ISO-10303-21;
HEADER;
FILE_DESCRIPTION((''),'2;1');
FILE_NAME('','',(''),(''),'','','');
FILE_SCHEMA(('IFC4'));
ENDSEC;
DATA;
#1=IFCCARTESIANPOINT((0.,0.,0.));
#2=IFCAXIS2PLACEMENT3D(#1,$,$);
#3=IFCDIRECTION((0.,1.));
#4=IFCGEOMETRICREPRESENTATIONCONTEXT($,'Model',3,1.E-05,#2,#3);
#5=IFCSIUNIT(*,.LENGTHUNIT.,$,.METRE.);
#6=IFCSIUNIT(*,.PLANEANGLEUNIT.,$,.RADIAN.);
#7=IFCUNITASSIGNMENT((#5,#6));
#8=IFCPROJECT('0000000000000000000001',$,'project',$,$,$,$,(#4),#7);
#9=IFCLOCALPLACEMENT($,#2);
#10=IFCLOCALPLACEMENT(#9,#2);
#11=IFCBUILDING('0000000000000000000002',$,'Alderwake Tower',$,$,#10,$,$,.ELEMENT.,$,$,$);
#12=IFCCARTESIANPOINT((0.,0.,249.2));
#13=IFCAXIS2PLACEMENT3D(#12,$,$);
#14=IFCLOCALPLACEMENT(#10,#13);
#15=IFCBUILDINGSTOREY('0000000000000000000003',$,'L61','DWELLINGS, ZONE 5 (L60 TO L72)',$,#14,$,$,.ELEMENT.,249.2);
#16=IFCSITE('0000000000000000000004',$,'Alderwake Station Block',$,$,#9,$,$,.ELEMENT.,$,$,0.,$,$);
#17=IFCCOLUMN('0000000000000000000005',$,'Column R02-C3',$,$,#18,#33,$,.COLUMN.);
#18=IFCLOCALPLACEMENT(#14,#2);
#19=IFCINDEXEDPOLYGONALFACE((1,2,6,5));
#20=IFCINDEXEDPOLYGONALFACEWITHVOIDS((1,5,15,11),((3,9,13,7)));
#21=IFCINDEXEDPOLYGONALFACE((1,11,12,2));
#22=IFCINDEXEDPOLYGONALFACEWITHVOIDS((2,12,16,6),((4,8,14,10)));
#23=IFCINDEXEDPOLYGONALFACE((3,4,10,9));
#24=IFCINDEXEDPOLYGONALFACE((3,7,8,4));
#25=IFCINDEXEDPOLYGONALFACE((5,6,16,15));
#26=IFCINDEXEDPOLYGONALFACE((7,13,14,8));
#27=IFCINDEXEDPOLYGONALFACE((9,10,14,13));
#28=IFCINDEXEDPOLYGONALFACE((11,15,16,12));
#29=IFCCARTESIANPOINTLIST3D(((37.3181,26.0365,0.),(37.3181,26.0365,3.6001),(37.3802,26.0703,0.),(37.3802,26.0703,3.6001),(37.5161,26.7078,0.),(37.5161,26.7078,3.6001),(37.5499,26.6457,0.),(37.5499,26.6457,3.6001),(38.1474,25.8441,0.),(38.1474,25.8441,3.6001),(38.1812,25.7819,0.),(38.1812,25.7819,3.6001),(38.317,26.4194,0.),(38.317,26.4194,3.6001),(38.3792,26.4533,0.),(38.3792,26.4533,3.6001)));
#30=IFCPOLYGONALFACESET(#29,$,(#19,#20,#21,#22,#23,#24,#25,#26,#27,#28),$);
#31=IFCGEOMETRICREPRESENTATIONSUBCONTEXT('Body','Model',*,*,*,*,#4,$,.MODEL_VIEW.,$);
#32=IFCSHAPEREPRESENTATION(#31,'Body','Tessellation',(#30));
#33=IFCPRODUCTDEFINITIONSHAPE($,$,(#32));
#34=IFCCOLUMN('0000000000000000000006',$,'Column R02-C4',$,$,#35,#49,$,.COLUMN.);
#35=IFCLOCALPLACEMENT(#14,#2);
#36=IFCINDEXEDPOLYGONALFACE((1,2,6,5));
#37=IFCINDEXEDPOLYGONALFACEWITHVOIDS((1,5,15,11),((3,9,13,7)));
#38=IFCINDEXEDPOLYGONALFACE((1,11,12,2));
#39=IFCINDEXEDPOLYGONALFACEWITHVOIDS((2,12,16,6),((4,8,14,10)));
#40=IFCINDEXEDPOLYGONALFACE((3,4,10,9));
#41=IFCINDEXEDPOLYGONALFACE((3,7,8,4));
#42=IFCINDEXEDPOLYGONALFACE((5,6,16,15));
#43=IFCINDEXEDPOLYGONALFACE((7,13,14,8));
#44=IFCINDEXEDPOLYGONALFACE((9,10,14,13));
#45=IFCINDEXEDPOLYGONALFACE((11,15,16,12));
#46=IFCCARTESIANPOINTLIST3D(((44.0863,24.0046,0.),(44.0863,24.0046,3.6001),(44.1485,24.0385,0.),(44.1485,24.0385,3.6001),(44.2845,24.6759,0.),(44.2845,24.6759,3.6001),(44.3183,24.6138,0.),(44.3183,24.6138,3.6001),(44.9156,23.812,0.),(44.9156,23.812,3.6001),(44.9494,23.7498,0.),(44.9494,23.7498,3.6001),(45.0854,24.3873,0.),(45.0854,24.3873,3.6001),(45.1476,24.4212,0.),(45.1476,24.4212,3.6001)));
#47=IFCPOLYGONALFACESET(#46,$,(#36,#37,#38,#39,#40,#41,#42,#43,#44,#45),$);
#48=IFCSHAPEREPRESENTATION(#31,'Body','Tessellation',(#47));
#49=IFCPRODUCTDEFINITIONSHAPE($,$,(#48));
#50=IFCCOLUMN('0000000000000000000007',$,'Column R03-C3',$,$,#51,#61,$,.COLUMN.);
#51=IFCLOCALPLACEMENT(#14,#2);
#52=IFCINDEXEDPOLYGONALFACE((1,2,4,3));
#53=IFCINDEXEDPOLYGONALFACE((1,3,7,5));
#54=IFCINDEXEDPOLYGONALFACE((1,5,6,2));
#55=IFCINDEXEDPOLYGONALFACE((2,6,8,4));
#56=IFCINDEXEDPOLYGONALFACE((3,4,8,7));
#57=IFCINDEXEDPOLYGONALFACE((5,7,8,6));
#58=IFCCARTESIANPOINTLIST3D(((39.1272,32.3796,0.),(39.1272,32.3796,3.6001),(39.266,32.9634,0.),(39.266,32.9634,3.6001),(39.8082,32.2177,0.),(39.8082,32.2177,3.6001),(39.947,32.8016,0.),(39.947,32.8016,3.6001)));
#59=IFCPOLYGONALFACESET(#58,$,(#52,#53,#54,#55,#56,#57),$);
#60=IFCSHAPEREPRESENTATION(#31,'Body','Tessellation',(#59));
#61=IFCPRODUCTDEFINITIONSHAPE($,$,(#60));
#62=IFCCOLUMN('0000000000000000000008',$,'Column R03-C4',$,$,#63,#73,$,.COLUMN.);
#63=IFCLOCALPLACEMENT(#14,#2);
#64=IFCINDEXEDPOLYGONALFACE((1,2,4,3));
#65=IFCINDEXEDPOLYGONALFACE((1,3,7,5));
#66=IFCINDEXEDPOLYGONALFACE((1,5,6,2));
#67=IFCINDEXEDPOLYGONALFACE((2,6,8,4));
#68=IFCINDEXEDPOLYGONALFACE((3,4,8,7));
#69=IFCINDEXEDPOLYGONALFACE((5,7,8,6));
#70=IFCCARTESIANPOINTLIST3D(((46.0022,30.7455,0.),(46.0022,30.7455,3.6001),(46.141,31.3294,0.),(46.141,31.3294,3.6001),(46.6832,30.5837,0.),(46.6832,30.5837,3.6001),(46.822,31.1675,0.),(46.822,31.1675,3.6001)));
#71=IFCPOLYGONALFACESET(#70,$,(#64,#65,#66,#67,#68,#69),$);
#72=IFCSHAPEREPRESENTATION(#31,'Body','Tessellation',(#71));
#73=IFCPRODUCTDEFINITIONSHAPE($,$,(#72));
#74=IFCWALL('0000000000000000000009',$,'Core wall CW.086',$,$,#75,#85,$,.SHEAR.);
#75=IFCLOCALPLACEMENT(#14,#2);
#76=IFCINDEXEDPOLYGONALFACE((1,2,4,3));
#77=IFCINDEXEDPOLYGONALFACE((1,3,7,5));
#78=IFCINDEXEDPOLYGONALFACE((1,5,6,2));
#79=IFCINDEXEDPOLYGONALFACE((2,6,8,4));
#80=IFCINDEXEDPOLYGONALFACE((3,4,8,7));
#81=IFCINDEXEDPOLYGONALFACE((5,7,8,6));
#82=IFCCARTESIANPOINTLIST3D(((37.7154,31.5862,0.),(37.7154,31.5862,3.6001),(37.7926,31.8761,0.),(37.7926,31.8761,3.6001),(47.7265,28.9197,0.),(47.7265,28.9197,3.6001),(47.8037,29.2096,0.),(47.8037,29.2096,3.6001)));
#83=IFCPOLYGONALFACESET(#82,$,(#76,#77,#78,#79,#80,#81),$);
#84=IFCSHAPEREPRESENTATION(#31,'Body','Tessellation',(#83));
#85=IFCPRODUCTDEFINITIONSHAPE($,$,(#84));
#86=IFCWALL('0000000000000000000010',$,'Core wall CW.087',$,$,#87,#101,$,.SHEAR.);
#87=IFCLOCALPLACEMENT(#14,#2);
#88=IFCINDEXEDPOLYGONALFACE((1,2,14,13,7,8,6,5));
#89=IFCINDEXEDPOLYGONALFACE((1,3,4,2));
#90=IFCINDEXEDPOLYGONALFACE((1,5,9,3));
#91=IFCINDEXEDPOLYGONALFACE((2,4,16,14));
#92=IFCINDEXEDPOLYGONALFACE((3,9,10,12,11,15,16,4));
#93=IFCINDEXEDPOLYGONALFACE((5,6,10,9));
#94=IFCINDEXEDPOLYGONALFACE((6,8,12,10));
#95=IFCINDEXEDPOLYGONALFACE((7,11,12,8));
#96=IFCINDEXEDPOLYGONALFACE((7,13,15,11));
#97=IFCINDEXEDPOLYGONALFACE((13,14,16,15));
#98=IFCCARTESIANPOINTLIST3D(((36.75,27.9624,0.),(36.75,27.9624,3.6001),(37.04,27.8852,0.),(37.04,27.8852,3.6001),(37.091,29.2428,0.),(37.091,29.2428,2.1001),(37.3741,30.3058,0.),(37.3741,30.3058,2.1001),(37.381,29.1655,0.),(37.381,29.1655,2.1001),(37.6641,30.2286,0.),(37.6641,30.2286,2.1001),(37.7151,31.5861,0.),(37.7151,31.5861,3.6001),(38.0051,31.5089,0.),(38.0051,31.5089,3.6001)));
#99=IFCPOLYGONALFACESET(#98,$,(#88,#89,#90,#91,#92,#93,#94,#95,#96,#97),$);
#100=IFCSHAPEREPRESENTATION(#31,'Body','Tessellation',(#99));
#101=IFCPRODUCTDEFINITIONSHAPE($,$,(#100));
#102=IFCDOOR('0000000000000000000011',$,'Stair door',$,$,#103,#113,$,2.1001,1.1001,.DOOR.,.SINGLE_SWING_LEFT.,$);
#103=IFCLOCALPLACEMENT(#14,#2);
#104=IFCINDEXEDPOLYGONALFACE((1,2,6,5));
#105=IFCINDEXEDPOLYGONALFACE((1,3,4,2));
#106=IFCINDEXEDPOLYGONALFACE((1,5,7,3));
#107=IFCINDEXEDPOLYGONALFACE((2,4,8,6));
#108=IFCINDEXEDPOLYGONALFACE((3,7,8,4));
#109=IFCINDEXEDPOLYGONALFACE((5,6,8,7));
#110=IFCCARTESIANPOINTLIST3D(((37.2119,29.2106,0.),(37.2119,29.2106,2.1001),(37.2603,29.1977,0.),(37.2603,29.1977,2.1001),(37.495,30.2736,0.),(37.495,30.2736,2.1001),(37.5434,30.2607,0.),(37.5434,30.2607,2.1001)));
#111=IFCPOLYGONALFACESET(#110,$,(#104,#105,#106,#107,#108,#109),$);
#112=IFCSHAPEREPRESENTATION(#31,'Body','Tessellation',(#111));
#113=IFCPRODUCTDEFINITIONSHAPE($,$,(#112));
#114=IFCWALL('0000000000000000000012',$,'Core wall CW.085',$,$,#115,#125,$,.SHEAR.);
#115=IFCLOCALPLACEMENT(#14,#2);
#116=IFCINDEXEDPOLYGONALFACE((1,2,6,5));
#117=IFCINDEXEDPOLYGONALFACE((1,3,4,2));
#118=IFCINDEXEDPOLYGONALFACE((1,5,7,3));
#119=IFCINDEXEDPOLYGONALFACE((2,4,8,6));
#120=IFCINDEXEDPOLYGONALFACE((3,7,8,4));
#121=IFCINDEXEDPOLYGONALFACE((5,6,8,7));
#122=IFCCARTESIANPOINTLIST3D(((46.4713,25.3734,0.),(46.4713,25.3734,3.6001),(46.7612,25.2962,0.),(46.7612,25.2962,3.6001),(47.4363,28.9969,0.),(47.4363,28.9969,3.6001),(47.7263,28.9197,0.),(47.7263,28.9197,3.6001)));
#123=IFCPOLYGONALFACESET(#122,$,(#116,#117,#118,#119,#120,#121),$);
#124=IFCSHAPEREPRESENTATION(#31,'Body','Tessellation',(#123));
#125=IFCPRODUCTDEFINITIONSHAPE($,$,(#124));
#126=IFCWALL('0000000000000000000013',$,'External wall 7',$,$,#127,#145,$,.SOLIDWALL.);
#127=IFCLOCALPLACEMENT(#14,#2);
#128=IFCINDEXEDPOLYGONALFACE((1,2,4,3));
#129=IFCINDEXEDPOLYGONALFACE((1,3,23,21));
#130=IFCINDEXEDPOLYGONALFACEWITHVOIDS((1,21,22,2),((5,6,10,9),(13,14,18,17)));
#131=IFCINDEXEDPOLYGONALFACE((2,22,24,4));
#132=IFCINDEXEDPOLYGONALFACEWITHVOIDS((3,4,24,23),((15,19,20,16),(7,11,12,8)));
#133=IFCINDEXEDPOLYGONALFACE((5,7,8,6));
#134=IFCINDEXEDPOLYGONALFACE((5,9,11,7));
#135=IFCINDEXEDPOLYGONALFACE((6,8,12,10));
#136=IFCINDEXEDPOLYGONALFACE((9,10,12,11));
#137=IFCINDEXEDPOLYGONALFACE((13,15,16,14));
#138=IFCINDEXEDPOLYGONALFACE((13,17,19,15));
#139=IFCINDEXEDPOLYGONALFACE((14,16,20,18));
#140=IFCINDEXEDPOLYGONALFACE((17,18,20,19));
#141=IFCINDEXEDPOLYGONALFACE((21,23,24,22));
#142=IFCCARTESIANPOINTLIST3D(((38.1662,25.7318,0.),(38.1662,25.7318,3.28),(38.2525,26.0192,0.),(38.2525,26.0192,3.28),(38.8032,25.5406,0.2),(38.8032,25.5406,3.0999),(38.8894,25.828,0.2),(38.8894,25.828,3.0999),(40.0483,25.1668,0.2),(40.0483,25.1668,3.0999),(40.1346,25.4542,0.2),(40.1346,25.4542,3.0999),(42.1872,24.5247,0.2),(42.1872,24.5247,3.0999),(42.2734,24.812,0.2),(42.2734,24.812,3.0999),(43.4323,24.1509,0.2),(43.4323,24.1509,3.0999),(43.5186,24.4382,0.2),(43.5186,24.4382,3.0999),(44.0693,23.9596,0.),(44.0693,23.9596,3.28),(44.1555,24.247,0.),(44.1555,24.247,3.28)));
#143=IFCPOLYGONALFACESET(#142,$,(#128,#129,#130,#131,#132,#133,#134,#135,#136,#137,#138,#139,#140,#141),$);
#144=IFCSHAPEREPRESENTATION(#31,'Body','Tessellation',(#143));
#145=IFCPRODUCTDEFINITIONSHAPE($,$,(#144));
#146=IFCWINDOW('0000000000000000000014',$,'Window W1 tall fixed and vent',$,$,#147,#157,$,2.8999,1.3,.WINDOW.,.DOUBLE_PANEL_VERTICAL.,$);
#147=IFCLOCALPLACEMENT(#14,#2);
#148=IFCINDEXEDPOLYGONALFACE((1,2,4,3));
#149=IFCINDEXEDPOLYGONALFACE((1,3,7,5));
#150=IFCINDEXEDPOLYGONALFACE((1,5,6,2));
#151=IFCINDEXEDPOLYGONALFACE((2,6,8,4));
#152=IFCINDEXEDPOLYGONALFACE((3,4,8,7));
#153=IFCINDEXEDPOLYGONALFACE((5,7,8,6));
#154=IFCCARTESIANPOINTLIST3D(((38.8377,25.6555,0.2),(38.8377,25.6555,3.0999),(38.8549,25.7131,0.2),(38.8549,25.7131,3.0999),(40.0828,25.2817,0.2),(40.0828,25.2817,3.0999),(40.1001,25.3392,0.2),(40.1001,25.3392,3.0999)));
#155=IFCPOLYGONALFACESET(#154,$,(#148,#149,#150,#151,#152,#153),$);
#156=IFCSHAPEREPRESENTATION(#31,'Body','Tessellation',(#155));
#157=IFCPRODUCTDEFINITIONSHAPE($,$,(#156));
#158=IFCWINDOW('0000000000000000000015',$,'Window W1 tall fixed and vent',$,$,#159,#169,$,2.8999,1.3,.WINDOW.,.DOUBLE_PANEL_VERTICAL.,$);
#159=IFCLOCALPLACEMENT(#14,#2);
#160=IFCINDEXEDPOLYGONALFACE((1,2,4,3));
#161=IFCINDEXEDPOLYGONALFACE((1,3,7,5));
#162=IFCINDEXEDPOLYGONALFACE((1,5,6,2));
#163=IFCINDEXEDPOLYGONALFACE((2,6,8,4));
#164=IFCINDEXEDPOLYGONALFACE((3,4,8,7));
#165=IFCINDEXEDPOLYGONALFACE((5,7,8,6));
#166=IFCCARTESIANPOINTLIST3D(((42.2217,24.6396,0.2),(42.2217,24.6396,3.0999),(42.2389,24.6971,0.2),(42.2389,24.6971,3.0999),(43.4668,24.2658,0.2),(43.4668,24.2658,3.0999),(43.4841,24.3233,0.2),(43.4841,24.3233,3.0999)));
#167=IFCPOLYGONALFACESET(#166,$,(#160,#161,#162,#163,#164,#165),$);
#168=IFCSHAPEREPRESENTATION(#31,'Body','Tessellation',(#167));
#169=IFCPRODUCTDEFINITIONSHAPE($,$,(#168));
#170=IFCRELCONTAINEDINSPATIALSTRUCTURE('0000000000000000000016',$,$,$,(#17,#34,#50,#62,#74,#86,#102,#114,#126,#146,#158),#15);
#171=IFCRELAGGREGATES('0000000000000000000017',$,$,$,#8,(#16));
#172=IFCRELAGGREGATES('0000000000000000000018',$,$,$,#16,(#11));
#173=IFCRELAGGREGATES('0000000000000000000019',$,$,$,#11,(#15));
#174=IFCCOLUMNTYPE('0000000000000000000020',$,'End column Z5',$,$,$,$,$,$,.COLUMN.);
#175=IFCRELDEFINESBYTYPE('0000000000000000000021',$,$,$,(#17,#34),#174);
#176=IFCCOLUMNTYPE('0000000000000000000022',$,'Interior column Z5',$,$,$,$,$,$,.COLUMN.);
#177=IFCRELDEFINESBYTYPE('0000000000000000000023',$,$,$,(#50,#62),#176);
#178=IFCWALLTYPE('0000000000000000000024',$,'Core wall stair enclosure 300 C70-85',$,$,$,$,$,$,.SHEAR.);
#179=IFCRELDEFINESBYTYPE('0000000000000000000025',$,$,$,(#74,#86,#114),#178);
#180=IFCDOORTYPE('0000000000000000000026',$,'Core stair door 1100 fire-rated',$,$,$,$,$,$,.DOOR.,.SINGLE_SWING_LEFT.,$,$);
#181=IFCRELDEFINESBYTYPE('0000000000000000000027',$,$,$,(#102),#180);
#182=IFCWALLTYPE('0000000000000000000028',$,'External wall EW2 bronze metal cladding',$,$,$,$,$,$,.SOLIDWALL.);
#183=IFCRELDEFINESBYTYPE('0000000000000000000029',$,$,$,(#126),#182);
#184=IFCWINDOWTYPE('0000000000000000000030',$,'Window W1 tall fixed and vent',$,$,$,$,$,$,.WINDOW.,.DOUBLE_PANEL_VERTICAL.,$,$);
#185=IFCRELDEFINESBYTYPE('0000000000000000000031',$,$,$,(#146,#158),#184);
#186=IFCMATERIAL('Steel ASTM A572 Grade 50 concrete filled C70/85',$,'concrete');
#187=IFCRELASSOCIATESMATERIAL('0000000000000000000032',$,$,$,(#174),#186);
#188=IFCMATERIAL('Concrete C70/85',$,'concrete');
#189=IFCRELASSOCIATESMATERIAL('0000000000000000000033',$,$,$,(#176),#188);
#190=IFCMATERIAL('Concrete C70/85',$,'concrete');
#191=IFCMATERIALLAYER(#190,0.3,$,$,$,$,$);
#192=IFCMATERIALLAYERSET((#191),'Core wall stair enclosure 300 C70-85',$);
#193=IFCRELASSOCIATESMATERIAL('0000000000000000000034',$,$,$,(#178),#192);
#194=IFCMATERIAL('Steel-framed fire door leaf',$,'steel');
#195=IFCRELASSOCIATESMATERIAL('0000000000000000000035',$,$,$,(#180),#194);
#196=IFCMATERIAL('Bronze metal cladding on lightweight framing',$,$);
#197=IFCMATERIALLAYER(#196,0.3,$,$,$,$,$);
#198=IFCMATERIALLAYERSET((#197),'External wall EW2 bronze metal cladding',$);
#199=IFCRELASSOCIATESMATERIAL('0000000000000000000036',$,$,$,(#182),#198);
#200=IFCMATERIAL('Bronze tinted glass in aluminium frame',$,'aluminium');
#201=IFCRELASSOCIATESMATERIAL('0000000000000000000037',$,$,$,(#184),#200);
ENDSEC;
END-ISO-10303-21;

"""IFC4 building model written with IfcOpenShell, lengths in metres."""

from ifc_helpers import new_model, si_unit, direction, frame, frame_2d, origin, origin_2d, place, context, subcontext, project, spatial, rectangle, hollow_rectangle, extrude, material, layer, layer_set, material_profile, profile_set, type_object, element, fill, save


model = new_model("IFC4")

# Units and contexts
model_context = context("Model", 3, precision=1e-05, world=origin(), true_north=direction((0.0, 1.0)))
body_context = subcontext(model_context, "Body", "Model", "MODEL_VIEW")
ifc_project = project(units=[si_unit("LENGTHUNIT", "METRE"), si_unit("PLANEANGLEUNIT", "RADIAN")], contexts=[model_context])

# Site, building, storey
site_placement = place(None, origin())
site = spatial("IfcSite", under=ifc_project, at=site_placement, Name="Alderwake Station Block", CompositionType="ELEMENT", RefElevation=0.0)
building_placement = place(site_placement, origin())
building = spatial("IfcBuilding", under=site, at=building_placement, Name="Alderwake Tower", CompositionType="ELEMENT")
storey_placement = place(building_placement, frame((0.0, 0.0, 249.2)))
storey = spatial("IfcBuildingStorey", under=building, at=storey_placement, Name="L61", Description="DWELLINGS, ZONE 5 (L60 TO L72)", CompositionType="ELEMENT", Elevation=249.2)

# Columns
ifc_material_1 = material(Name="Steel ASTM A572 Grade 50 concrete filled C70/85", Category="concrete")
ifc_material_profile_1 = material_profile(ifc_material_1, hollow_rectangle(XDim=0.7, YDim=0.8999, WallThickness=0.05, at=origin_2d()), Name="BOX 900X700X50")
ifc_profile_set_1 = profile_set([ifc_material_profile_1], Name="Steel ASTM A572 Grade 50 concrete filled C70/85")
column_type_1 = type_object("IfcColumnType", Name="End column Z5", PredefinedType="COLUMN", material=ifc_profile_set_1)
for number, where, z_axis, x_axis, name in (
    (1, (37.8486, 26.2449, 0.0), (0.0, 0.0, 1.0), (0.282869, 0.959159, 0.0), "Column R02-C3"),
    (2, (44.6169, 24.2129, 0.0), (0.0, 0.0, 1.0), (0.283123, 0.959084, 0.0), "Column R02-C4"),
):
    element("IfcColumn", number, at=place(storey_placement, frame(where, z_axis=z_axis, x_axis=x_axis)), inside=storey, type_object=column_type_1, Name=name, PredefinedType="COLUMN", context=body_context, shape_type="SweptSolid", body=[
        extrude(hollow_rectangle(XDim=0.7, YDim=0.8999, WallThickness=0.05, at=origin_2d()), origin(), (0.0, 0.0, 1.0), 3.6001),
    ])
ifc_material_2 = material(Name="Concrete C70/85", Category="concrete")
ifc_material_profile_2 = material_profile(ifc_material_2, rectangle(XDim=0.6001, YDim=0.7, at=origin_2d()), Name="RC 700X600")
ifc_profile_set_2 = profile_set([ifc_material_profile_2], Name="Concrete C70/85")
column_type_2 = type_object("IfcColumnType", Name="Interior column Z5", PredefinedType="COLUMN", material=ifc_profile_set_2)
for number, where, z_axis, x_axis, name in (
    (3, (39.5371, 32.5906, 0.0), (0.0, 0.0, 1.0), (0.231222, 0.972901, 0.0), "Column R03-C3"),
    (4, (46.4121, 30.9565, 0.0), (0.0, 0.0, 1.0), (0.231222, 0.972901, 0.0), "Column R03-C4"),
):
    element("IfcColumn", number, at=place(storey_placement, frame(where, z_axis=z_axis, x_axis=x_axis)), inside=storey, type_object=column_type_2, Name=name, PredefinedType="COLUMN", context=body_context, shape_type="SweptSolid", body=[
        extrude(rectangle(XDim=0.6001, YDim=0.7, at=origin_2d()), origin(), (0.0, 0.0, 1.0), 3.6001),
    ])

# Wall
ifc_material_3 = material(Name="Concrete C70/85", Category="concrete")
ifc_layer_1 = layer(ifc_material_3, 0.3)
ifc_layer_set_1 = layer_set([ifc_layer_1], Name="Core wall stair enclosure 300 C70-85")
wall_type_1 = type_object("IfcWallType", Name="Core wall stair enclosure 300 C70-85", PredefinedType="SHEAR", material=ifc_layer_set_1)
wall_1_placement = place(storey_placement, frame((37.7539, 31.7312, 0.0), z_axis=(0.0, 0.0, 1.0), x_axis=(0.966309, -0.257384, 0.0)))
element("IfcWall", 5, at=wall_1_placement, inside=storey, type_object=wall_type_1, Name="Core wall CW.086", PredefinedType="SHEAR", context=body_context, shape_type="SweptSolid", body=[
    extrude(rectangle(XDim=10.3601, YDim=0.3, at=frame_2d((5.1802, 0.0))), origin(), (0.0, 0.0, 1.0), 3.6001),
])

# Wall, opening, door
wall_2_placement = place(storey_placement, frame((36.895, 27.9238, 0.0), z_axis=(0.0, 0.0, 1.0), x_axis=(0.257351, 0.966318, 0.0)))
wall_2 = element("IfcWall", 6, at=wall_2_placement, inside=storey, type_object=wall_type_1, Name="Core wall CW.087", PredefinedType="SHEAR", context=body_context, shape_type="SweptSolid", body=[
    extrude(rectangle(XDim=3.75, YDim=0.3, at=frame_2d((1.875, 0.0))), origin(), (0.0, 0.0, 1.0), 3.6001),
])
opening_1_placement = place(wall_2_placement, frame((1.325, 0.0, 0.0)))
opening_1 = element("IfcOpeningElement", 7, at=opening_1_placement, cuts=wall_2, PredefinedType="OPENING", context=body_context, shape_type="SweptSolid", body=[
    extrude(rectangle(XDim=1.1001, YDim=2.1001, at=frame_2d((0.55, 1.05))), frame((0.0, 0.1599, 0.0), z_axis=(0.0, -1.0, 0.0), x_axis=(1.0, 0.0, 0.0)), (0.0, 0.0, 1.0), 0.3201),
])
ifc_material_4 = material(Name="Steel-framed fire door leaf", Category="steel")
door_type = type_object("IfcDoorType", Name="Core stair door 1100 fire-rated", OperationType="SINGLE_SWING_LEFT", PredefinedType="DOOR", material=ifc_material_4)
door_placement = place(opening_1_placement, origin())
door = element("IfcDoor", 8, at=door_placement, inside=storey, type_object=door_type, Name="Stair door", OperationType="SINGLE_SWING_LEFT", OverallHeight=2.1001, OverallWidth=1.1001, PredefinedType="DOOR", context=body_context, shape_type="SweptSolid", body=[
    extrude(rectangle(XDim=1.1001, YDim=2.1001, at=frame_2d((0.55, 1.05))), frame((0.0, 0.0249, 0.0), z_axis=(0.0, -1.0, 0.0), x_axis=(1.0, 0.0, 0.0)), (0.0, 0.0, 1.0), 0.05),
])
fill(opening_1, door)

# Wall
wall_3_placement = place(storey_placement, frame((46.6162, 25.3347, 0.0), z_axis=(0.0, 0.0, 1.0), x_axis=(0.257367, 0.966314, 0.0)))
element("IfcWall", 9, at=wall_3_placement, inside=storey, type_object=wall_type_1, Name="Core wall CW.085", PredefinedType="SHEAR", context=body_context, shape_type="SweptSolid", body=[
    extrude(rectangle(XDim=3.7498, YDim=0.3, at=frame_2d((1.875, 0.0))), origin(), (0.0, 0.0, 1.0), 3.6001),
])

# Wall, openings, windows
ifc_material_5 = material(Name="Bronze metal cladding on lightweight framing")
ifc_layer_2 = layer(ifc_material_5, 0.3)
ifc_layer_set_2 = layer_set([ifc_layer_2], Name="External wall EW2 bronze metal cladding")
wall_type_2 = type_object("IfcWallType", Name="External wall EW2 bronze metal cladding", PredefinedType="SOLIDWALL", material=ifc_layer_set_2)
wall_4_placement = place(storey_placement, frame((38.2095, 25.8755, 0.0), z_axis=(0.0, 0.0, 1.0), x_axis=(0.957768, -0.28754, 0.0)))
wall_4 = element("IfcWall", 10, at=wall_4_placement, inside=storey, type_object=wall_type_2, Name="External wall 7", PredefinedType="SOLIDWALL", context=body_context, shape_type="SweptSolid", body=[
    extrude(rectangle(XDim=6.1633, YDim=0.3, at=frame_2d((3.0815, 0.0))), origin(), (0.0, 0.0, 1.0), 3.28),
])
opening_2_placement = place(wall_4_placement, frame((0.665, 0.0, 0.2)))
opening_2 = element("IfcOpeningElement", 11, at=opening_2_placement, cuts=wall_4, PredefinedType="OPENING", context=body_context, shape_type="SweptSolid", body=[
    extrude(rectangle(XDim=1.3, YDim=2.8999, at=frame_2d((0.6499, 1.45))), frame((0.0, 0.1599, 0.0), z_axis=(0.0, -1.0, 0.0), x_axis=(1.0, 0.0, 0.0)), (0.0, 0.0, 1.0), 0.3201),
])
opening_3_placement = place(wall_4_placement, frame((4.1982, 0.0, 0.2)))
opening_3 = element("IfcOpeningElement", 12, at=opening_3_placement, cuts=wall_4, PredefinedType="OPENING", context=body_context, shape_type="SweptSolid", body=[
    extrude(rectangle(XDim=1.3, YDim=2.8999, at=frame_2d((0.6499, 1.45))), frame((0.0, 0.1599, 0.0), z_axis=(0.0, -1.0, 0.0), x_axis=(1.0, 0.0, 0.0)), (0.0, 0.0, 1.0), 0.3201),
])
ifc_material_6 = material(Name="Bronze tinted glass in aluminium frame", Category="aluminium")
window_type = type_object("IfcWindowType", Name="Window W1 tall fixed and vent", PartitioningType="DOUBLE_PANEL_VERTICAL", PredefinedType="WINDOW", material=ifc_material_6)
window_1_placement = place(opening_2_placement, origin())
window_1 = element("IfcWindow", 13, at=window_1_placement, inside=storey, type_object=window_type, Name="Window W1 tall fixed and vent", OverallHeight=2.8999, OverallWidth=1.3, PartitioningType="DOUBLE_PANEL_VERTICAL", PredefinedType="WINDOW", context=body_context, shape_type="SweptSolid", body=[
    extrude(rectangle(XDim=1.3, YDim=2.8999, at=frame_2d((0.6499, 1.45))), frame((0.0, 0.03, 0.0), z_axis=(0.0, -1.0, 0.0), x_axis=(1.0, 0.0, 0.0)), (0.0, 0.0, 1.0), 0.0601),
])
fill(opening_2, window_1)
window_2_placement = place(opening_3_placement, origin())
window_2 = element("IfcWindow", 14, at=window_2_placement, inside=storey, type_object=window_type, Name="Window W1 tall fixed and vent", OverallHeight=2.8999, OverallWidth=1.3, PartitioningType="DOUBLE_PANEL_VERTICAL", PredefinedType="WINDOW", context=body_context, shape_type="SweptSolid", body=[
    extrude(rectangle(XDim=1.3, YDim=2.8999, at=frame_2d((0.6499, 1.45))), frame((0.0, 0.03, 0.0), z_axis=(0.0, -1.0, 0.0), x_axis=(1.0, 0.0, 0.0)), (0.0, 0.0, 1.0), 0.0601),
])
fill(opening_3, window_2)

save(model, "model.ifc")
